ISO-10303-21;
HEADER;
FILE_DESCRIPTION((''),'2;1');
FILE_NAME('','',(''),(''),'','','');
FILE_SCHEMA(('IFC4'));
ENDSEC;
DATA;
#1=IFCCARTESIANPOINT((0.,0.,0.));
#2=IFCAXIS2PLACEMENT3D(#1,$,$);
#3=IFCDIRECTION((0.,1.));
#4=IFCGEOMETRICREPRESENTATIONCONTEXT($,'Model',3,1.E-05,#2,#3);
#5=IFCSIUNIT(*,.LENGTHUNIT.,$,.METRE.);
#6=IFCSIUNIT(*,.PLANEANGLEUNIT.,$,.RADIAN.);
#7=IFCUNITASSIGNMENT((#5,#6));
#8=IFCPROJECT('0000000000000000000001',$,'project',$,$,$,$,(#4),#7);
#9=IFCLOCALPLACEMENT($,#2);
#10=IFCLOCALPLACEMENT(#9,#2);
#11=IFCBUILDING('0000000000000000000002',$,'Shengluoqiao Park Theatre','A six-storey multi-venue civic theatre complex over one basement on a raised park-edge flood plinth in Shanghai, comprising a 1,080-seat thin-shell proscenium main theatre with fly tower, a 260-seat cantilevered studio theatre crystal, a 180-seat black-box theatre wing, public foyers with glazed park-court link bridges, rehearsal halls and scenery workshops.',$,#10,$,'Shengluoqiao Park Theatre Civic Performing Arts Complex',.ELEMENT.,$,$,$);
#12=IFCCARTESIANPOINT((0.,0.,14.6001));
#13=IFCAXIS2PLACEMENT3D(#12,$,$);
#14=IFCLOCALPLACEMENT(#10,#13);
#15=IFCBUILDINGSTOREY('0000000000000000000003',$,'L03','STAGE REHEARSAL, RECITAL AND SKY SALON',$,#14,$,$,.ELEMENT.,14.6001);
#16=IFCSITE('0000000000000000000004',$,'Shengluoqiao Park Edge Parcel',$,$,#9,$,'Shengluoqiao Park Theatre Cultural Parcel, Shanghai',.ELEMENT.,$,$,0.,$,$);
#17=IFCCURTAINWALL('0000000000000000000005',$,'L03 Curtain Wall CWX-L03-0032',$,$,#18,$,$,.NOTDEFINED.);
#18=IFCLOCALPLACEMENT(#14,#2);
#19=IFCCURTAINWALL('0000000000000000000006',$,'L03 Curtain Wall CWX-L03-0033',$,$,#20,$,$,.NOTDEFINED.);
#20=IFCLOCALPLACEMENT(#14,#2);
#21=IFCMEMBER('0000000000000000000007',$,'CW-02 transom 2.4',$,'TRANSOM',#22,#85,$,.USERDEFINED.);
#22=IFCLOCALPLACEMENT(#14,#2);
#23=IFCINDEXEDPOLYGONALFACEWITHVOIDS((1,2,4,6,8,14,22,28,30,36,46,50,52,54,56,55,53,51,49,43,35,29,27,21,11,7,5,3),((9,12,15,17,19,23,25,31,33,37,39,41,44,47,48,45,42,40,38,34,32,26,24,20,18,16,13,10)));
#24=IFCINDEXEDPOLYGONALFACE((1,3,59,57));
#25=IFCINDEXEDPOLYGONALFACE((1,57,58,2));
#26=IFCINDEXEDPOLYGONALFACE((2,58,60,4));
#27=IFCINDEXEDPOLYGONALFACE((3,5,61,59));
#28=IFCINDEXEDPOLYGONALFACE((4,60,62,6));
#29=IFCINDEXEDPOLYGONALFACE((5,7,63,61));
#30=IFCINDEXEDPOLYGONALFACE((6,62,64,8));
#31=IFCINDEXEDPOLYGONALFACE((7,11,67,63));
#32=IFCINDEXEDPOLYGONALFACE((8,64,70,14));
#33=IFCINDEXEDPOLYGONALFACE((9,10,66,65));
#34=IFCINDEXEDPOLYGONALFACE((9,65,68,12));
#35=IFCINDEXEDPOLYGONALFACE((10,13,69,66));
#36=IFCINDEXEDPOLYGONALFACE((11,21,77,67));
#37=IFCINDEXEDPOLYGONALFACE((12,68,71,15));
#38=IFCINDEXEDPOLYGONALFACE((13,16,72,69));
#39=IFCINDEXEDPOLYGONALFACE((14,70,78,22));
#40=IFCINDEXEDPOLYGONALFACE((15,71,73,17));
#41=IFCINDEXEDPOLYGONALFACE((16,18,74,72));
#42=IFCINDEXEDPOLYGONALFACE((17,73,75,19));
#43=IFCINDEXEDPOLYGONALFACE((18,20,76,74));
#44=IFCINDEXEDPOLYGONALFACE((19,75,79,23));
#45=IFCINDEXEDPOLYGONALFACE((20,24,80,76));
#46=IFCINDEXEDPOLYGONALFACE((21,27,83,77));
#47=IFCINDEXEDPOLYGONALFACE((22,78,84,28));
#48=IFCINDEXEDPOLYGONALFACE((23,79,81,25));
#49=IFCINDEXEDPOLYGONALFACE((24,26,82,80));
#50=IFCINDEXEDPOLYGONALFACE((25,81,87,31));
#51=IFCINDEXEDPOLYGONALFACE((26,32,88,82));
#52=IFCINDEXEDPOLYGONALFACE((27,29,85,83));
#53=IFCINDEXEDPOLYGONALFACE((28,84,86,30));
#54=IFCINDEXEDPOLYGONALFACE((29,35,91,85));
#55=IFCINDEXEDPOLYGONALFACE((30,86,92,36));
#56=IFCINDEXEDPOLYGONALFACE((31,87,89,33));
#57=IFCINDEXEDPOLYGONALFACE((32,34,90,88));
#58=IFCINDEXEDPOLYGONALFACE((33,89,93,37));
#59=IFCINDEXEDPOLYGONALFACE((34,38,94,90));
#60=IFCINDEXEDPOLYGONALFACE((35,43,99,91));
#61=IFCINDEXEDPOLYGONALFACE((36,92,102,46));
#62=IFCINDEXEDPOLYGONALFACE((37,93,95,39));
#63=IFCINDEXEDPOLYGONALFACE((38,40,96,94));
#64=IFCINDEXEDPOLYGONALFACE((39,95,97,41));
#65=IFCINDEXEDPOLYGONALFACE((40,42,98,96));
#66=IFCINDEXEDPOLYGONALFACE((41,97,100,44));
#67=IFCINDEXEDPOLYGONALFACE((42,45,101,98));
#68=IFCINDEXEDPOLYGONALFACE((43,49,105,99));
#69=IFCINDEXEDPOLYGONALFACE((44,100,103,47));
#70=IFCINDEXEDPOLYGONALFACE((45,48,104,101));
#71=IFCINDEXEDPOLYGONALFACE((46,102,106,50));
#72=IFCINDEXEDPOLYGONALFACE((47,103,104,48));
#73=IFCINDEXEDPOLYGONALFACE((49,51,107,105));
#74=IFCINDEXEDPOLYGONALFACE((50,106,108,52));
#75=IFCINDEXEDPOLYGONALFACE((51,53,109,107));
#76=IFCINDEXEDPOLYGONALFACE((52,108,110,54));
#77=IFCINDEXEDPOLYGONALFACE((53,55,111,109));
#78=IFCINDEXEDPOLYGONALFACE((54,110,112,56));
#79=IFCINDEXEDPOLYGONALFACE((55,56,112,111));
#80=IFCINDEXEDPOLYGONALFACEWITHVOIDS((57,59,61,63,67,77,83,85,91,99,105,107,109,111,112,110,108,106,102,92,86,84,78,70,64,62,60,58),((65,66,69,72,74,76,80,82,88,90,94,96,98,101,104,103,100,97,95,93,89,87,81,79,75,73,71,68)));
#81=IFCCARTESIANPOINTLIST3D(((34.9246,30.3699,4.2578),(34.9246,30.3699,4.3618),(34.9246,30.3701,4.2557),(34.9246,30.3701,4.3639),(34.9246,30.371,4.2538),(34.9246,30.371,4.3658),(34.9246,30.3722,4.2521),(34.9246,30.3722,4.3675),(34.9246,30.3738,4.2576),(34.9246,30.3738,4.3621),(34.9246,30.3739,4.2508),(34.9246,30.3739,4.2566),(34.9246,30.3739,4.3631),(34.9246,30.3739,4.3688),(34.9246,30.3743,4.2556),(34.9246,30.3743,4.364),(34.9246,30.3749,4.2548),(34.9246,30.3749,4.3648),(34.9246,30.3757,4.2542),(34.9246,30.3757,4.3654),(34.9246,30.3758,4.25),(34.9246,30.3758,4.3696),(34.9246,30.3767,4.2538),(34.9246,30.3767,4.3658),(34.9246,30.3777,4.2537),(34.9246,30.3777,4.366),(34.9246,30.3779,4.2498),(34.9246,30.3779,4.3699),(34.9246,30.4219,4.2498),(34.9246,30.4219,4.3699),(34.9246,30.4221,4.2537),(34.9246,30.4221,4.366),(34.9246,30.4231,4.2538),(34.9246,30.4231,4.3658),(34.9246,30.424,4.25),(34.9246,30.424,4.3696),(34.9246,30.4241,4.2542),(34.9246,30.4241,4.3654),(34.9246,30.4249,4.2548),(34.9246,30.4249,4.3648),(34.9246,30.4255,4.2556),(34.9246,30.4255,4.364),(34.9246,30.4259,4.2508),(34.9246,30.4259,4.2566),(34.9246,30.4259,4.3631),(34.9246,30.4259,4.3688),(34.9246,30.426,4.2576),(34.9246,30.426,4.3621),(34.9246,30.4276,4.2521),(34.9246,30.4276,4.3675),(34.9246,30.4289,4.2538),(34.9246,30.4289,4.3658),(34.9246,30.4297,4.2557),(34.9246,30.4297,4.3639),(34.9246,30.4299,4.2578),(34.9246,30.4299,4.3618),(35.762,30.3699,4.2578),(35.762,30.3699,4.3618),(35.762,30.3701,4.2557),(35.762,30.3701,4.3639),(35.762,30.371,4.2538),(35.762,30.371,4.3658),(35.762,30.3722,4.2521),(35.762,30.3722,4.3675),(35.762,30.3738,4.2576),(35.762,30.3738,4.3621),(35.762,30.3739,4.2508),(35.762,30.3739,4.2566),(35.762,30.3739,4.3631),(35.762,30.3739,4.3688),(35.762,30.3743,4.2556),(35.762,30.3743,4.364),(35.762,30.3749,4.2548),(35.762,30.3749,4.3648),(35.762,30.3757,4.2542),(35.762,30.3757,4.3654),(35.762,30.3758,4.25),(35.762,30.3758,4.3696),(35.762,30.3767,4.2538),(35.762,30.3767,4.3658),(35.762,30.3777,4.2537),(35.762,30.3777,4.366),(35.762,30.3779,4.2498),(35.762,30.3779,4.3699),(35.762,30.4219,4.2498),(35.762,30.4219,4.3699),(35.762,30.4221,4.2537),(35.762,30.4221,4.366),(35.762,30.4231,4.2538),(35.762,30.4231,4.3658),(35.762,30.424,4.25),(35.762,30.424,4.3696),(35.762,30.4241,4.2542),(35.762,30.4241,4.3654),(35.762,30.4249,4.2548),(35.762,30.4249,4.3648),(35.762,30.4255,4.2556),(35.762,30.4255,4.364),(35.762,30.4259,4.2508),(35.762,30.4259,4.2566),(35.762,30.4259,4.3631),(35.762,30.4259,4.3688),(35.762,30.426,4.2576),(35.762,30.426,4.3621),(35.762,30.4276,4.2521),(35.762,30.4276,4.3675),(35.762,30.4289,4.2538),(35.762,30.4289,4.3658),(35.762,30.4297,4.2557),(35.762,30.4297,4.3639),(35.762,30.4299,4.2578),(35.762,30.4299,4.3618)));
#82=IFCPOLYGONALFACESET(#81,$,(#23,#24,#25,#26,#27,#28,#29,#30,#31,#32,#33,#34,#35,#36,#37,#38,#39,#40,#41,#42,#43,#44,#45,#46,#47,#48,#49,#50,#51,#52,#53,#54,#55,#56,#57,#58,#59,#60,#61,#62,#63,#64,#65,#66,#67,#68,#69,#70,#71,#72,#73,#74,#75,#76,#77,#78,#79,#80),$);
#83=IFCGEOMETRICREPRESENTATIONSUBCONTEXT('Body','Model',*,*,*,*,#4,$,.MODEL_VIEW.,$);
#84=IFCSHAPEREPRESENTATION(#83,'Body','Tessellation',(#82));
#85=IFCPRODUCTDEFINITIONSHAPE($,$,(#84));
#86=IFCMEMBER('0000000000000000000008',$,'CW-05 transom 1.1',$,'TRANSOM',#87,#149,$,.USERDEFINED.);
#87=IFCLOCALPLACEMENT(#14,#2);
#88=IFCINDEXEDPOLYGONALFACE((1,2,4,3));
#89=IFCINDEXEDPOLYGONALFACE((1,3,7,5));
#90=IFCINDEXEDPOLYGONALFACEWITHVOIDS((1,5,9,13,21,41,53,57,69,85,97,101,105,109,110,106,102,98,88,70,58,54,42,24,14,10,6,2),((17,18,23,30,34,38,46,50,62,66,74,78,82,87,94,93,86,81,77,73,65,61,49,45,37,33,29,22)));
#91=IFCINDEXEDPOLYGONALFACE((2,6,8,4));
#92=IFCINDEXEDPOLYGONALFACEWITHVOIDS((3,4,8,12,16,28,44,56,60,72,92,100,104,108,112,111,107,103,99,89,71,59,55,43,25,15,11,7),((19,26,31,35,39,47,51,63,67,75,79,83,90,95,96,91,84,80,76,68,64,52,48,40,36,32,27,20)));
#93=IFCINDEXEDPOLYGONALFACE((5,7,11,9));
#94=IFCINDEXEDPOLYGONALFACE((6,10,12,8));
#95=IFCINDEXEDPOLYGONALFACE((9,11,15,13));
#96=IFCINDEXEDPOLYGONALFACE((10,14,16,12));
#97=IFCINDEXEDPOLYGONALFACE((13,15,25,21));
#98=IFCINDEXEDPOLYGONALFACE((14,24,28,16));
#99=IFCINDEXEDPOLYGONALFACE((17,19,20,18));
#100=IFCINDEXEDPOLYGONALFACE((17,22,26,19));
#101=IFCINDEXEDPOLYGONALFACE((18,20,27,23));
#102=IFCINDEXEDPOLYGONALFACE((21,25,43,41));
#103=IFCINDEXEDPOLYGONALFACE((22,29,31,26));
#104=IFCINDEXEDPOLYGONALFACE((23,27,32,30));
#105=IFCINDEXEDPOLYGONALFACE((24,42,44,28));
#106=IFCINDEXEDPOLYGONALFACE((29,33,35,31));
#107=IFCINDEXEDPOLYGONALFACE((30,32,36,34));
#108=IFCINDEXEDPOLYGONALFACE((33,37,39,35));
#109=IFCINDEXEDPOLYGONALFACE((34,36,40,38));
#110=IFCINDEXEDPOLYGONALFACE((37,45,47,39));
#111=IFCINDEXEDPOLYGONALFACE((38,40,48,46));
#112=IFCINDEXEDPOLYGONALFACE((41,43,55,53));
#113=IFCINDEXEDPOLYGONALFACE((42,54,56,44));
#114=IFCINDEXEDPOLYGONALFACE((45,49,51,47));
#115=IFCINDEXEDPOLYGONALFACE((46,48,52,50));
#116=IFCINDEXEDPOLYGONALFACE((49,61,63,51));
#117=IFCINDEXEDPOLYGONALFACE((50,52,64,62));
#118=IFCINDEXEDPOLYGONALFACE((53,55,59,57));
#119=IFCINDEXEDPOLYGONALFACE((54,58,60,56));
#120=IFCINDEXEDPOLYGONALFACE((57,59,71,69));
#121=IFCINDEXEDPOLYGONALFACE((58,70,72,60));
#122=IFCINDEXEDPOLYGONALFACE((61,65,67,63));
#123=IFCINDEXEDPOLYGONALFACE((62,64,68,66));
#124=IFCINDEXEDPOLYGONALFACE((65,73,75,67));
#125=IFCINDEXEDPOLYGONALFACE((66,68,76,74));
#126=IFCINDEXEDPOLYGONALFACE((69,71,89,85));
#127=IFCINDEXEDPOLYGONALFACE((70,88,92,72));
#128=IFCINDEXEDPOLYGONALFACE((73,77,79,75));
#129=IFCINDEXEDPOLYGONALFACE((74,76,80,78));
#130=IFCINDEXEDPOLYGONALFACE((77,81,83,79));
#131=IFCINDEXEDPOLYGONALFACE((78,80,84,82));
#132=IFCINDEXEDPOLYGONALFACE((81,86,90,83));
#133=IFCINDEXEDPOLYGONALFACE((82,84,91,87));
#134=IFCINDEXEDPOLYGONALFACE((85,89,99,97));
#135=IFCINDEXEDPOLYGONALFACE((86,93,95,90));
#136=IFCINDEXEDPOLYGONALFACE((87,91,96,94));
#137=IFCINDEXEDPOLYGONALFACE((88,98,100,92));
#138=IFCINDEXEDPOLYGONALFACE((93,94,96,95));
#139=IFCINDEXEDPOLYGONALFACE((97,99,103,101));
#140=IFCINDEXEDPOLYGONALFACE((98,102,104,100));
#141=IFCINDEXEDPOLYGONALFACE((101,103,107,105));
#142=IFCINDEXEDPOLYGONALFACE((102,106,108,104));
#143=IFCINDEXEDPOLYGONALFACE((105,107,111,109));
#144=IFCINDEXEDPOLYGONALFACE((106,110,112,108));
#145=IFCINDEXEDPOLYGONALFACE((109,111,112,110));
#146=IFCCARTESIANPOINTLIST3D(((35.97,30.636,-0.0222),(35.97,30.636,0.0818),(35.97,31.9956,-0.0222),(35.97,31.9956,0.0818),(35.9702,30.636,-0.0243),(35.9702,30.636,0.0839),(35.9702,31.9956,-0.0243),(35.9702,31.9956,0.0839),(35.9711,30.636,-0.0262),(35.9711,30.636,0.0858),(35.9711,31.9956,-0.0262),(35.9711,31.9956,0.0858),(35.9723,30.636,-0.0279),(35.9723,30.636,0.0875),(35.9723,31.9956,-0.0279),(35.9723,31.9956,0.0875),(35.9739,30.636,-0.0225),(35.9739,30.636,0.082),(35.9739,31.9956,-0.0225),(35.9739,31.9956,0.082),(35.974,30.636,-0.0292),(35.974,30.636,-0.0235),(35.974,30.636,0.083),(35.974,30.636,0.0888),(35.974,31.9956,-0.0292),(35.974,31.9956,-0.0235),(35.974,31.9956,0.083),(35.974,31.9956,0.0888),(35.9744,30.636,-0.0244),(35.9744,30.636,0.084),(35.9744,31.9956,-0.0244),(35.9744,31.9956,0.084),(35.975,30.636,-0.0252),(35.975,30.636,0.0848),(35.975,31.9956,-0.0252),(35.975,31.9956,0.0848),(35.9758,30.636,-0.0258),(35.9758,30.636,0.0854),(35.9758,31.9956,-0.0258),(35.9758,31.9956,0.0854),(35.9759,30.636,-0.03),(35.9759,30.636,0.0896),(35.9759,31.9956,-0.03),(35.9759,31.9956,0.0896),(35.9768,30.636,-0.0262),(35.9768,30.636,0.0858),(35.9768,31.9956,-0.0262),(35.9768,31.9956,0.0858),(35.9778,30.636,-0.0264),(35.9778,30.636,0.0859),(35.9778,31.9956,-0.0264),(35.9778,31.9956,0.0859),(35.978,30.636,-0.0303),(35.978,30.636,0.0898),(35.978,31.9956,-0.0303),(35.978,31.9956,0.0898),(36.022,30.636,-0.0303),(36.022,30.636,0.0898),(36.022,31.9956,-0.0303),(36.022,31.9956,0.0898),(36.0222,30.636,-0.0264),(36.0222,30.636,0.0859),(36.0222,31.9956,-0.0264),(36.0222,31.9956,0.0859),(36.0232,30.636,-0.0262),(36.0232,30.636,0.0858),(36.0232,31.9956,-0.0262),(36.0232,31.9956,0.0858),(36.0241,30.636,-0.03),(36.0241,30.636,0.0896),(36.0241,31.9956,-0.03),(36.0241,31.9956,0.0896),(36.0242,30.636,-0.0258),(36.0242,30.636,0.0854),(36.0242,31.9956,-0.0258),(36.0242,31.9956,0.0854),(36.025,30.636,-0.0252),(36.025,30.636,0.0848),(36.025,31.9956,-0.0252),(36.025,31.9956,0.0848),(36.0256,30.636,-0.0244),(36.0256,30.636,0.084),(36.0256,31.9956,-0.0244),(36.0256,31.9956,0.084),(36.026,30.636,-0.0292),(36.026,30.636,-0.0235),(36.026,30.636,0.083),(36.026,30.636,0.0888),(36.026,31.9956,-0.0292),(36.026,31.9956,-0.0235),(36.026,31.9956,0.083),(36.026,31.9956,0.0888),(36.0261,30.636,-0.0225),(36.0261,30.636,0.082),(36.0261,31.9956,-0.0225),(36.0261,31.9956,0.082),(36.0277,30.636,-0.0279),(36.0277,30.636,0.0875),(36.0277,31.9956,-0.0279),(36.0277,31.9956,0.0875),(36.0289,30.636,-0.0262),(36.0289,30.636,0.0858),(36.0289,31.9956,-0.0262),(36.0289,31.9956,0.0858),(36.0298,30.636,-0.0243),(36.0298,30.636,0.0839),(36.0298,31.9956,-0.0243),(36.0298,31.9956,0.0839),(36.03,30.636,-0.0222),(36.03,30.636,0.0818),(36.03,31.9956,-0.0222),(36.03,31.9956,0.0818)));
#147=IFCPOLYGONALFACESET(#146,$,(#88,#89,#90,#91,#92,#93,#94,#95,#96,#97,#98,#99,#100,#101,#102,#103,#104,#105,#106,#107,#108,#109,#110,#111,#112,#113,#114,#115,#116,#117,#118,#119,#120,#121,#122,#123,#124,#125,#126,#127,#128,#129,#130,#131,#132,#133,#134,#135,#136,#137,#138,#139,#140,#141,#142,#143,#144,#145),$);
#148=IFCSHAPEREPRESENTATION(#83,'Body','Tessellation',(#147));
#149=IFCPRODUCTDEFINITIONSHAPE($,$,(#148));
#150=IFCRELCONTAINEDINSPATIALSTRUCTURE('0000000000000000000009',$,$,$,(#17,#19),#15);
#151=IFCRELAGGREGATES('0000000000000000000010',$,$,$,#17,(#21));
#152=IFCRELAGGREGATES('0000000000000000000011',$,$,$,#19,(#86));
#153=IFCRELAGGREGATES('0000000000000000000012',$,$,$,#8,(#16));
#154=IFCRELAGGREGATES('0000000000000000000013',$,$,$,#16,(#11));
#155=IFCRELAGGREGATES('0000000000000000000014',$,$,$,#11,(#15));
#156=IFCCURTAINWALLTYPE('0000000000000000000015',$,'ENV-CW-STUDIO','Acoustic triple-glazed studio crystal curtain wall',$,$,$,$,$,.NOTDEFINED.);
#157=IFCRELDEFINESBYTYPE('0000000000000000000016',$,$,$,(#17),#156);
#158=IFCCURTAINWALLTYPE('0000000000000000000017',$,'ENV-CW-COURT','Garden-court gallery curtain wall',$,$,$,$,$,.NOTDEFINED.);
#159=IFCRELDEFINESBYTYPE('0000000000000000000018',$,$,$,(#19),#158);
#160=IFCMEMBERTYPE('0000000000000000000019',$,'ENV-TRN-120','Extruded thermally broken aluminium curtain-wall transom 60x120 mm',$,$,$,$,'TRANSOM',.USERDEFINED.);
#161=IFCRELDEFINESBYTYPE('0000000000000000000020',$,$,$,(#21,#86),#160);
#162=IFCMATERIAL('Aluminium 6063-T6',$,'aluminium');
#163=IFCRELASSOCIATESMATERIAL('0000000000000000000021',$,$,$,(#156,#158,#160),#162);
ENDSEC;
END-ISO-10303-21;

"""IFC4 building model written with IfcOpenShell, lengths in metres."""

from ifc_helpers import new_model, si_unit, direction, frame, origin, origin_2d, place, context, subcontext, project, spatial, hollow_rectangle, extrude, material, material_profile, profile_set, type_object, element, aggregate, save


model = new_model("IFC4")

# Units and contexts
model_context = context("Model", 3, precision=1e-05, world=origin(), true_north=direction((0.0, 1.0)))
body_context = subcontext(model_context, "Body", "Model", "MODEL_VIEW")
ifc_project = project(units=[si_unit("LENGTHUNIT", "METRE"), si_unit("PLANEANGLEUNIT", "RADIAN")], contexts=[model_context])

# Site, building, storey
site_placement = place(None, origin())
site = spatial("IfcSite", under=ifc_project, at=site_placement, Name="Shengluoqiao Park Edge Parcel", LongName="Shengluoqiao Park Theatre Cultural Parcel, Shanghai", CompositionType="ELEMENT", RefElevation=0.0)
building_placement = place(site_placement, origin())
building = spatial("IfcBuilding", under=site, at=building_placement, Name="Shengluoqiao Park Theatre", Description="A six-storey multi-venue civic theatre complex over one basement on a raised park-edge flood plinth in Shanghai, comprising a 1,080-seat thin-shell proscenium main theatre with fly tower, a 260-seat cantilevered studio theatre crystal, a 180-seat black-box theatre wing, public foyers with glazed park-court link bridges, rehearsal halls and scenery workshops.", LongName="Shengluoqiao Park Theatre Civic Performing Arts Complex", CompositionType="ELEMENT")
storey_placement = place(building_placement, frame((0.0, 0.0, 14.6001)))
storey = spatial("IfcBuildingStorey", under=building, at=storey_placement, Name="L03", Description="STAGE REHEARSAL, RECITAL AND SKY SALON", CompositionType="ELEMENT", Elevation=14.6001)

# Curtain walls
ifc_material_1 = material(Name="Aluminium 6063-T6", Category="aluminium")
curtain_wall_type_1 = type_object("IfcCurtainWallType", Name="ENV-CW-STUDIO", Description="Acoustic triple-glazed studio crystal curtain wall", PredefinedType="NOTDEFINED", material=ifc_material_1)
curtain_wall_1_placement = place(storey_placement, origin())
curtain_wall_1 = element("IfcCurtainWall", 1, at=curtain_wall_1_placement, inside=storey, type_object=curtain_wall_type_1, Name="L03 Curtain Wall CWX-L03-0032", PredefinedType="NOTDEFINED")
curtain_wall_type_2 = type_object("IfcCurtainWallType", Name="ENV-CW-COURT", Description="Garden-court gallery curtain wall", PredefinedType="NOTDEFINED", material=ifc_material_1)
curtain_wall_2_placement = place(storey_placement, origin())
curtain_wall_2 = element("IfcCurtainWall", 2, at=curtain_wall_2_placement, inside=storey, type_object=curtain_wall_type_2, Name="L03 Curtain Wall CWX-L03-0033", PredefinedType="NOTDEFINED")

# Members
ifc_material_profile_1 = material_profile(ifc_material_1, hollow_rectangle(XDim=0.0601, YDim=0.1201, WallThickness=0.0039, InnerFilletRadius=0.0039, OuterFilletRadius=0.0081, at=origin_2d()), Name="ALU TRANSOM 120x60x4")
ifc_profile_set_1 = profile_set([ifc_material_profile_1], Name="Aluminium 6063-T6")
member_type_1 = type_object("IfcMemberType", Name="ENV-TRN-120", Description="Extruded thermally broken aluminium curtain-wall transom 60x120 mm", ElementType="TRANSOM", PredefinedType="USERDEFINED", material=ifc_profile_set_1)
member_1_placement = place(storey_placement, frame((34.9246, 30.3999, 4.3098), z_axis=(1.0, 0.0, 0.0), x_axis=(0.0, 1.0, 0.0)))
member_1 = element("IfcMember", 3, at=member_1_placement, type_object=member_type_1, Name="CW-02 transom 2.4", ObjectType="TRANSOM", PredefinedType="USERDEFINED", context=body_context, shape_type="SweptSolid", body=[
    extrude(hollow_rectangle(XDim=0.0601, YDim=0.1201, WallThickness=0.0039, InnerFilletRadius=0.0039, OuterFilletRadius=0.0081, at=origin_2d()), origin(), (0.0, 0.0, 1.0), 0.8374),
])
member_2_placement = place(storey_placement, frame((36.0, 30.636, 0.0298), z_axis=(0.0, 1.0, 0.0), x_axis=(-1.0, 0.0, 0.0)))
member_2 = element("IfcMember", 4, at=member_2_placement, type_object=member_type_1, Name="CW-05 transom 1.1", ObjectType="TRANSOM", PredefinedType="USERDEFINED", context=body_context, shape_type="SweptSolid", body=[
    extrude(hollow_rectangle(XDim=0.0601, YDim=0.1201, WallThickness=0.0039, InnerFilletRadius=0.0039, OuterFilletRadius=0.0081, at=origin_2d()), origin(), (0.0, 0.0, 1.0), 1.3596),
])

aggregate(curtain_wall_1, [member_1])
aggregate(curtain_wall_2, [member_2])

save(model, "model.ifc")
